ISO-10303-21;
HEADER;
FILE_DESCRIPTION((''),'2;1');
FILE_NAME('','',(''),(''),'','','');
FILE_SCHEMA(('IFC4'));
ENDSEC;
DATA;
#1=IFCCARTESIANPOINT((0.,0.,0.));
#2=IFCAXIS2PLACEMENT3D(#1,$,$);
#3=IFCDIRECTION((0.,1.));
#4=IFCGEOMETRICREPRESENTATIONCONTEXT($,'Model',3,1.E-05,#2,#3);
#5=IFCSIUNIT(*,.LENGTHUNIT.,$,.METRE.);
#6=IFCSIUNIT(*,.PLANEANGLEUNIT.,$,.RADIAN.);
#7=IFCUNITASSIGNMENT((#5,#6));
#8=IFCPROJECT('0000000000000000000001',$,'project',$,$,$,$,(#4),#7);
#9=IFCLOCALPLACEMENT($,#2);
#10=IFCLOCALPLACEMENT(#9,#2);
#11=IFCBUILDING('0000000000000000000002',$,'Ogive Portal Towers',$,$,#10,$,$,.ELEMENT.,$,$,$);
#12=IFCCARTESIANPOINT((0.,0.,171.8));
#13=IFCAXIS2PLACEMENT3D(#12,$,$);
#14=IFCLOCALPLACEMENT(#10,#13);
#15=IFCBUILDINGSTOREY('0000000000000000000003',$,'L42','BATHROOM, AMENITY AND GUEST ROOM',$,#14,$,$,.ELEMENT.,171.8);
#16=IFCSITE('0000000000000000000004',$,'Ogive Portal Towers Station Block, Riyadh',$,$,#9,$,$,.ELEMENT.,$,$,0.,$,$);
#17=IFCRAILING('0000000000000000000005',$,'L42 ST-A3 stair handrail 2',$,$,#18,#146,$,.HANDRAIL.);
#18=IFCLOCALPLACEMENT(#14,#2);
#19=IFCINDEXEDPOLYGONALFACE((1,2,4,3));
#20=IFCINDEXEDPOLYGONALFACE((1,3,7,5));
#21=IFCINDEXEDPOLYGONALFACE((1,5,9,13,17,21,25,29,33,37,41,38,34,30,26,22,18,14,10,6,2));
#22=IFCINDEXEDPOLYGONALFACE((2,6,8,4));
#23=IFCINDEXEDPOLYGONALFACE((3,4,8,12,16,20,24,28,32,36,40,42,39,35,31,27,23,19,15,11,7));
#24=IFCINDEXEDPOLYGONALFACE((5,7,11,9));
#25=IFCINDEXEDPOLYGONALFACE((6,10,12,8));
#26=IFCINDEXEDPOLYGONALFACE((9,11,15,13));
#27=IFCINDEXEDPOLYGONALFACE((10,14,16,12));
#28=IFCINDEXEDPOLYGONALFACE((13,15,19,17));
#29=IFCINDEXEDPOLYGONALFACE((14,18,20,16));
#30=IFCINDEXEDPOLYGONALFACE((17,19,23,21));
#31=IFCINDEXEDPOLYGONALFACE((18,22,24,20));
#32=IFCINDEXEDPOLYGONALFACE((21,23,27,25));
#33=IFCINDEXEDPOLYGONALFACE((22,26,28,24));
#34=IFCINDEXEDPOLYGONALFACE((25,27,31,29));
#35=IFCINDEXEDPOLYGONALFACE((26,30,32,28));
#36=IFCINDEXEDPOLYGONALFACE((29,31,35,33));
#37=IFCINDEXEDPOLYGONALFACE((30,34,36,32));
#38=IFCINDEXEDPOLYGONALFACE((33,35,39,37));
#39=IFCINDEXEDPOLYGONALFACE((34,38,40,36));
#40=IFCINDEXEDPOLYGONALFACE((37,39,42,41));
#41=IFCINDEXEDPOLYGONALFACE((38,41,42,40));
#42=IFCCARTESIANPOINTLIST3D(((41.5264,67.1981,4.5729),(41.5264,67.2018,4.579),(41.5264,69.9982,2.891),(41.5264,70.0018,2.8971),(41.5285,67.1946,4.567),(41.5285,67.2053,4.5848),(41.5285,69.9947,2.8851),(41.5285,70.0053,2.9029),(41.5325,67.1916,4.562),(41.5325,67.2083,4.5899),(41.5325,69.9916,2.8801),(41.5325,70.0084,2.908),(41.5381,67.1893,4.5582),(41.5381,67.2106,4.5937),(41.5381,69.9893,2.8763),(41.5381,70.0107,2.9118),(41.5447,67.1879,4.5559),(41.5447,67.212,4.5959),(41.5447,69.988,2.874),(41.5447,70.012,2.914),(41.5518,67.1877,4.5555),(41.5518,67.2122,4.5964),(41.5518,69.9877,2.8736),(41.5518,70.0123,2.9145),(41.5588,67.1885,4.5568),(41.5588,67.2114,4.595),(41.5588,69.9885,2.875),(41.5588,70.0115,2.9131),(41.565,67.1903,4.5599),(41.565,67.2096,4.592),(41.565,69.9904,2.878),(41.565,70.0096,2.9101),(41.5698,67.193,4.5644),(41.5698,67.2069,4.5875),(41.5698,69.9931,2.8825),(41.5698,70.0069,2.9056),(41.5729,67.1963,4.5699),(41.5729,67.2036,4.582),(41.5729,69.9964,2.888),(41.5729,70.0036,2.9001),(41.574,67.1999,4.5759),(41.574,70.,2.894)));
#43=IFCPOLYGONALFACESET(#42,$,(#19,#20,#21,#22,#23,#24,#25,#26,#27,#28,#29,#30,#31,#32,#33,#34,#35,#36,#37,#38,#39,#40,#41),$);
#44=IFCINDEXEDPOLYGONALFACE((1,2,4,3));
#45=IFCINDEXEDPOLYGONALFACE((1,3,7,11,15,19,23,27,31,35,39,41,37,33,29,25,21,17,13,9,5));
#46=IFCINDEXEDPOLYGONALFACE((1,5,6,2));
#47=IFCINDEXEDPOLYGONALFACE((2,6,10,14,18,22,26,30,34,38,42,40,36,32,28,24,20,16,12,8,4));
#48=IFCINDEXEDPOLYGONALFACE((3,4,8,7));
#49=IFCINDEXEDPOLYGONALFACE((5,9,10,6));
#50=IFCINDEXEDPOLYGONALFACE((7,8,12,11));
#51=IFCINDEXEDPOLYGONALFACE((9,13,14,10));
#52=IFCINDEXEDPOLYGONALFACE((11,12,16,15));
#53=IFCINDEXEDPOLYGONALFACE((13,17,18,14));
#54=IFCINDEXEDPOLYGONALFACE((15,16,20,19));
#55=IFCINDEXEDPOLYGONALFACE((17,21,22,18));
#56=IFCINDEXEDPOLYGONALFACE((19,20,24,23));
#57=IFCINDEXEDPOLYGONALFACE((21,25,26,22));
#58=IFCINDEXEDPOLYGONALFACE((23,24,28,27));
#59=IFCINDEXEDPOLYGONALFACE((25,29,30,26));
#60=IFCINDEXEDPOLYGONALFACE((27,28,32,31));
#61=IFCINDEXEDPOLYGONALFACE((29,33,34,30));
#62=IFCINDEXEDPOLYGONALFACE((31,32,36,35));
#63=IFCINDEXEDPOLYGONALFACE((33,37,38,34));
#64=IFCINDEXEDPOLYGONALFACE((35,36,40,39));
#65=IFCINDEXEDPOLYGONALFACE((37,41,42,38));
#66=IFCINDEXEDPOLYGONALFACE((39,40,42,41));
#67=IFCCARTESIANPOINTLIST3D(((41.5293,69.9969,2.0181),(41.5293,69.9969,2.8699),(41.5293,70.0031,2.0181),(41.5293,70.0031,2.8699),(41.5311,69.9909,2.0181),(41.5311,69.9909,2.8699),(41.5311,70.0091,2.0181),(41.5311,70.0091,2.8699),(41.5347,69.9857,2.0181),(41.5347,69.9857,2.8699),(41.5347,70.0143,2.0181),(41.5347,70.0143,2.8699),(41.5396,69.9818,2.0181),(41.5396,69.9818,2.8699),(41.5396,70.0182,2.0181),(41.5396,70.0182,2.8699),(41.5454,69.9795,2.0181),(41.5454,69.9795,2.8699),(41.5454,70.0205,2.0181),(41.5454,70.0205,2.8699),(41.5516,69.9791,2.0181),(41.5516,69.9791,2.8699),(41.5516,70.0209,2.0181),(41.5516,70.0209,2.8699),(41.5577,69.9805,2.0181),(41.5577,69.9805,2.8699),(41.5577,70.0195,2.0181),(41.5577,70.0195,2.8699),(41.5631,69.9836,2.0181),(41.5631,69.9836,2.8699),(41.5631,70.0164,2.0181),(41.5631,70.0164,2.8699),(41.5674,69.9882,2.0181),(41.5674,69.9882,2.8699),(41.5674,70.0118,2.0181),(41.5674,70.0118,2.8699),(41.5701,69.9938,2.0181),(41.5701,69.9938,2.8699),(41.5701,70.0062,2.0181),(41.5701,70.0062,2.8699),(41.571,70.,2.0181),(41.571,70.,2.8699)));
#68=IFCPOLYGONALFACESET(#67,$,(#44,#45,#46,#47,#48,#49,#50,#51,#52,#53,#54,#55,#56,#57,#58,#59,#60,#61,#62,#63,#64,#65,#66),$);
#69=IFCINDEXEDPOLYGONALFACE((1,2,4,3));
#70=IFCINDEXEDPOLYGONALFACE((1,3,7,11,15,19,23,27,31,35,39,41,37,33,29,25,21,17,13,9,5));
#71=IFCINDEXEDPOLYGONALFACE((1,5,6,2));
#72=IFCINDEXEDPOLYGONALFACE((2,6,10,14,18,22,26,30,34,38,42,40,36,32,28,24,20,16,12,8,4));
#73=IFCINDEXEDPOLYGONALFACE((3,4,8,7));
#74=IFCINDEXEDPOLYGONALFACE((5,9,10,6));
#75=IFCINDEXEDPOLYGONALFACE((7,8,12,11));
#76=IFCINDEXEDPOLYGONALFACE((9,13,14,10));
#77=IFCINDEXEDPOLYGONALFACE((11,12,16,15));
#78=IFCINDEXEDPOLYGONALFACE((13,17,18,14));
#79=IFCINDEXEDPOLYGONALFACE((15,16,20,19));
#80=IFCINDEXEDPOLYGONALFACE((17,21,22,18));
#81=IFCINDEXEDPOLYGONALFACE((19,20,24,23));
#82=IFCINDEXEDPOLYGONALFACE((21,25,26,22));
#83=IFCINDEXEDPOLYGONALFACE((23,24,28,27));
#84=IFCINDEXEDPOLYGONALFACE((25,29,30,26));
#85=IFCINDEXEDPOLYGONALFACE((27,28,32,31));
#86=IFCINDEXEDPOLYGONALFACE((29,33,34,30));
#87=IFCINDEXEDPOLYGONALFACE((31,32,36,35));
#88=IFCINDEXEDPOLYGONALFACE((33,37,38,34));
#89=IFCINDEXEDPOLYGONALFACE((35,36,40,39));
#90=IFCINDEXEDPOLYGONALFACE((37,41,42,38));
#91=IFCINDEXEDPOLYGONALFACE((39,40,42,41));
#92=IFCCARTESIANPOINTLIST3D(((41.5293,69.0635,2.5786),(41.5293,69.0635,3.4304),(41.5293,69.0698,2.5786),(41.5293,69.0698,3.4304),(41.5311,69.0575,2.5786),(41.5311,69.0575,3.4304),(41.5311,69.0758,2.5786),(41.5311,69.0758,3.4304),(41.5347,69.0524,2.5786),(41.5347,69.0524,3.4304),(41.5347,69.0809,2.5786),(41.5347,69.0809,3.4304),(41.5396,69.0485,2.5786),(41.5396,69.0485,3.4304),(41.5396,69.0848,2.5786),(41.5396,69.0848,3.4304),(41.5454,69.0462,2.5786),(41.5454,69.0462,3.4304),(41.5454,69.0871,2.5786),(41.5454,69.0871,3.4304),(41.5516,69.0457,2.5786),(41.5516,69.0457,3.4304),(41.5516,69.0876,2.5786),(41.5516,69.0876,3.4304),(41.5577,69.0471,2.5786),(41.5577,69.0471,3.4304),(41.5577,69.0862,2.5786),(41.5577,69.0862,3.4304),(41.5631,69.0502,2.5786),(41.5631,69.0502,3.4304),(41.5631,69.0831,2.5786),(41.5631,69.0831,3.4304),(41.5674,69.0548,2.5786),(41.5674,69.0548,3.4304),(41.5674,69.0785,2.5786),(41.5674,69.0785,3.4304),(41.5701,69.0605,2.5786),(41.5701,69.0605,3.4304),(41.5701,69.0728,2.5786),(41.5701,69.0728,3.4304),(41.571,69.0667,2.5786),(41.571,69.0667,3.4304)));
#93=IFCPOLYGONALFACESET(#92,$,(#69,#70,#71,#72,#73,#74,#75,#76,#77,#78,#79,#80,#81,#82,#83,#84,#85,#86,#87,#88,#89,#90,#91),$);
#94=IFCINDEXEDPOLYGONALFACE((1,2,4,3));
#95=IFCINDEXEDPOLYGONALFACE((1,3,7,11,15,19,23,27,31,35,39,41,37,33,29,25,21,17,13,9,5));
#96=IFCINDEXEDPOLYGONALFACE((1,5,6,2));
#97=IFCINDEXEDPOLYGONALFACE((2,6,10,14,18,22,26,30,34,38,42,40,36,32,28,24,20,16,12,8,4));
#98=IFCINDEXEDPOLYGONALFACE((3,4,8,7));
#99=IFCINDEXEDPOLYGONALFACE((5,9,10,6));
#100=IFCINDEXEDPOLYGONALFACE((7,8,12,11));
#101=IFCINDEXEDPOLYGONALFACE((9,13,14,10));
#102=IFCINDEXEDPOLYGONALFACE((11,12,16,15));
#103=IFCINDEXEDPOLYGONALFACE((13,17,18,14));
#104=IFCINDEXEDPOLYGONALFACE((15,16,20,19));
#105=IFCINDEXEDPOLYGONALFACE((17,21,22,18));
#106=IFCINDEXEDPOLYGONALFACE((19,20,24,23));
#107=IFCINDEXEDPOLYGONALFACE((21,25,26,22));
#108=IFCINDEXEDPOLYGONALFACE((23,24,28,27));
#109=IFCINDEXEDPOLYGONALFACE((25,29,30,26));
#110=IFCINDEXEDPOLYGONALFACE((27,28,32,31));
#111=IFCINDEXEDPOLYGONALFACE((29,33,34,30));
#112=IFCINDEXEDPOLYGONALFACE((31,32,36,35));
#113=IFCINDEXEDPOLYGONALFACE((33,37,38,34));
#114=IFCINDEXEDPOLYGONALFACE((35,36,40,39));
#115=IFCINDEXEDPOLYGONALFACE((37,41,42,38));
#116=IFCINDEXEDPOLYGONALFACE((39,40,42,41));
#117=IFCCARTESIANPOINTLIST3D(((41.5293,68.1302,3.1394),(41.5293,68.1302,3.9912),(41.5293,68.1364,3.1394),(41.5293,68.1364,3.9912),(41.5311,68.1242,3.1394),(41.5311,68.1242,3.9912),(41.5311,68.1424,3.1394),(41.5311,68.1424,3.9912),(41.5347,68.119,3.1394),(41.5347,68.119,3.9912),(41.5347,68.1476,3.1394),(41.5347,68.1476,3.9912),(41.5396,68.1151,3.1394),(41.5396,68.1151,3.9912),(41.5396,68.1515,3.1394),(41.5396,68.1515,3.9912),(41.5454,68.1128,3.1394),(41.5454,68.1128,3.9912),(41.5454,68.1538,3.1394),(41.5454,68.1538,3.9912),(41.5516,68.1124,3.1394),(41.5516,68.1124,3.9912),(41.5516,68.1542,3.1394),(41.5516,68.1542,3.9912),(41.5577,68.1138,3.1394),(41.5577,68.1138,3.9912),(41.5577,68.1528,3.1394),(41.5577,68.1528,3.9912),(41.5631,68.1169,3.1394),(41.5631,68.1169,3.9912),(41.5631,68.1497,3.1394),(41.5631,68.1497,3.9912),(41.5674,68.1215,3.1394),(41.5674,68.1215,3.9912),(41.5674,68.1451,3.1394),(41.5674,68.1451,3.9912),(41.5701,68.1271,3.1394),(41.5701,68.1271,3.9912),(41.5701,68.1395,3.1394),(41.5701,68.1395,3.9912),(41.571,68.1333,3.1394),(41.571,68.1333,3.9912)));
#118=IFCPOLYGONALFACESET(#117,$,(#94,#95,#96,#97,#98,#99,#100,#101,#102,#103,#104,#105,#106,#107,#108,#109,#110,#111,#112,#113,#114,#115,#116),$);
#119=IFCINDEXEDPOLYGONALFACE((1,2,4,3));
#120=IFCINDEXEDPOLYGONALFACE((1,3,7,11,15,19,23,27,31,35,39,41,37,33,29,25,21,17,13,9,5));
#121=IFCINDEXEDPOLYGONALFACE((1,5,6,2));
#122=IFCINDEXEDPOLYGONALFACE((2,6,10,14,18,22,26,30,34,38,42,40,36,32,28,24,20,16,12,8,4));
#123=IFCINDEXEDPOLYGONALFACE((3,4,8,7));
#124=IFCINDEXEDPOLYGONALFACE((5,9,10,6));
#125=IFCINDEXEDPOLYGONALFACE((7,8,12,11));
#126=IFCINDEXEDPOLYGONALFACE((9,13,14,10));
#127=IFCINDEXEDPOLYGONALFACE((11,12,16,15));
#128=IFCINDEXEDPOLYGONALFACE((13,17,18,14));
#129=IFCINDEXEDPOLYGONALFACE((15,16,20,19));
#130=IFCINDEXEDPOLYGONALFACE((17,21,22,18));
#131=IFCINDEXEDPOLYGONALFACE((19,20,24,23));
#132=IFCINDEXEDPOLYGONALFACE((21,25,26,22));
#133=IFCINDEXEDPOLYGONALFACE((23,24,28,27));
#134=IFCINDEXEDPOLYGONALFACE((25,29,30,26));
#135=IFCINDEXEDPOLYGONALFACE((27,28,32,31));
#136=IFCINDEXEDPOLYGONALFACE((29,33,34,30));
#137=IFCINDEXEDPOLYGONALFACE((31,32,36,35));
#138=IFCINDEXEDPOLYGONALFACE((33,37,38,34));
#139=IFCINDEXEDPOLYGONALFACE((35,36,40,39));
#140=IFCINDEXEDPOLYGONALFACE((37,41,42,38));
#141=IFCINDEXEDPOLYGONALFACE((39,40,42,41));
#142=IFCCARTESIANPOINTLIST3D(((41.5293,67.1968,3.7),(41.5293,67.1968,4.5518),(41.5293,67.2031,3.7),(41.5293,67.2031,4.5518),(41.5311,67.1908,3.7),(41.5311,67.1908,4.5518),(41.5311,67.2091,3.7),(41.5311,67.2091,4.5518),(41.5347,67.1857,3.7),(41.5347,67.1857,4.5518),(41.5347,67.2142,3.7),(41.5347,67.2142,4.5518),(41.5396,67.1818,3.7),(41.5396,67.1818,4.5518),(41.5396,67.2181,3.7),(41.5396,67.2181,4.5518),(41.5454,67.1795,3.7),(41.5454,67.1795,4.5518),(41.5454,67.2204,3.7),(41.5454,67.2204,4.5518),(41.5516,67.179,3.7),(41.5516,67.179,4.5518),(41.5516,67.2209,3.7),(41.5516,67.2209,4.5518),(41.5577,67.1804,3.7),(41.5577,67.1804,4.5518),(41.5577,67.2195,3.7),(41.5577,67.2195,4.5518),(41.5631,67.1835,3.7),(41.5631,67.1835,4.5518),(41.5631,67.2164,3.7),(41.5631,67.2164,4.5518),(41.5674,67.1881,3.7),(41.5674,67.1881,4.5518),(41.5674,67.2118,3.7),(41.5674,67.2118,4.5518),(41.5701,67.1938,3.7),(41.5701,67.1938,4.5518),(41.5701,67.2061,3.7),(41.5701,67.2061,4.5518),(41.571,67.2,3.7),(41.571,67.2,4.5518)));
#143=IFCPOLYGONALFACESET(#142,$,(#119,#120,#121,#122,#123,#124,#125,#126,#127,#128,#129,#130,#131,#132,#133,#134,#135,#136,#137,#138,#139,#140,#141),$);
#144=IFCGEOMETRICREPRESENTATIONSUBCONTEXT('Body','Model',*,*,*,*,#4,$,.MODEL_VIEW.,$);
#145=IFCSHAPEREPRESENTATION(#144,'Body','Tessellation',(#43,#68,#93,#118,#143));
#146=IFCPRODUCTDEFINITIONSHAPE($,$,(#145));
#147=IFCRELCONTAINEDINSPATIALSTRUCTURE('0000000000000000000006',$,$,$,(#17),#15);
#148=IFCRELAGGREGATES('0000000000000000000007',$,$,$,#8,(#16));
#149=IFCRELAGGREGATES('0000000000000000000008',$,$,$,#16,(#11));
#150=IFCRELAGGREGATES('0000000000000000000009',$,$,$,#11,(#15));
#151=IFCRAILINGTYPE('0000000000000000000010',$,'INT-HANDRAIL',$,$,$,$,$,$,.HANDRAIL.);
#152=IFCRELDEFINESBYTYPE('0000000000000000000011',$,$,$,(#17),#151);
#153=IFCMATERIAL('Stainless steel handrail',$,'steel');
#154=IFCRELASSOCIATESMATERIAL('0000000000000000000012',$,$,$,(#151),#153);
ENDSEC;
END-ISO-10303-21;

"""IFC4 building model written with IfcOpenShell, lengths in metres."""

from ifc_helpers import new_model, si_unit, direction, frame, origin, origin_2d, place, context, subcontext, project, spatial, circle, extrude, material, type_object, element, save


model = new_model("IFC4")

# Units and contexts
model_context = context("Model", 3, precision=1e-05, world=origin(), true_north=direction((0.0, 1.0)))
body_context = subcontext(model_context, "Body", "Model", "MODEL_VIEW")
ifc_project = project(units=[si_unit("LENGTHUNIT", "METRE"), si_unit("PLANEANGLEUNIT", "RADIAN")], contexts=[model_context])

# Site, building, storey
site_placement = place(None, origin())
site = spatial("IfcSite", under=ifc_project, at=site_placement, Name="Ogive Portal Towers Station Block, Riyadh", CompositionType="ELEMENT", RefElevation=0.0)
building_placement = place(site_placement, origin())
building = spatial("IfcBuilding", under=site, at=building_placement, Name="Ogive Portal Towers", CompositionType="ELEMENT")
storey_placement = place(building_placement, frame((0.0, 0.0, 171.8)))
storey = spatial("IfcBuildingStorey", under=building, at=storey_placement, Name="L42", Description="BATHROOM, AMENITY AND GUEST ROOM", CompositionType="ELEMENT", Elevation=171.8)

# Railing
ifc_material_1 = material(Name="Stainless steel handrail", Category="steel")
railing_type_1 = type_object("IfcRailingType", Name="INT-HANDRAIL", PredefinedType="HANDRAIL", material=ifc_material_1)
railing_1_placement = place(storey_placement, frame((41.55, 70.0, 2.0181)))
element("IfcRailing", 1, at=railing_1_placement, inside=storey, type_object=railing_type_1, Name="L42 ST-A3 stair handrail 2", PredefinedType="HANDRAIL", context=body_context, shape_type="SweptSolid", body=[
    extrude(circle(Radius=0.0239, at=origin_2d()), frame((0.0, 0.0, 0.876), z_axis=(0.0, -0.857242, 0.514913), x_axis=(1.0, 0.0, 0.0)), (0.0, 0.0, 1.0), 3.2664),
    extrude(circle(Radius=0.021, at=origin_2d()), origin(), (0.0, 0.0, 1.0), 0.8518),
    extrude(circle(Radius=0.021, at=origin_2d()), frame((0.0, -0.9333, 0.5605)), (0.0, 0.0, 1.0), 0.8518),
    extrude(circle(Radius=0.021, at=origin_2d()), frame((0.0, -1.8667, 1.1213)), (0.0, 0.0, 1.0), 0.8518),
    extrude(circle(Radius=0.021, at=origin_2d()), frame((0.0, -2.8, 1.6819)), (0.0, 0.0, 1.0), 0.8518),
])

save(model, "model.ifc")
